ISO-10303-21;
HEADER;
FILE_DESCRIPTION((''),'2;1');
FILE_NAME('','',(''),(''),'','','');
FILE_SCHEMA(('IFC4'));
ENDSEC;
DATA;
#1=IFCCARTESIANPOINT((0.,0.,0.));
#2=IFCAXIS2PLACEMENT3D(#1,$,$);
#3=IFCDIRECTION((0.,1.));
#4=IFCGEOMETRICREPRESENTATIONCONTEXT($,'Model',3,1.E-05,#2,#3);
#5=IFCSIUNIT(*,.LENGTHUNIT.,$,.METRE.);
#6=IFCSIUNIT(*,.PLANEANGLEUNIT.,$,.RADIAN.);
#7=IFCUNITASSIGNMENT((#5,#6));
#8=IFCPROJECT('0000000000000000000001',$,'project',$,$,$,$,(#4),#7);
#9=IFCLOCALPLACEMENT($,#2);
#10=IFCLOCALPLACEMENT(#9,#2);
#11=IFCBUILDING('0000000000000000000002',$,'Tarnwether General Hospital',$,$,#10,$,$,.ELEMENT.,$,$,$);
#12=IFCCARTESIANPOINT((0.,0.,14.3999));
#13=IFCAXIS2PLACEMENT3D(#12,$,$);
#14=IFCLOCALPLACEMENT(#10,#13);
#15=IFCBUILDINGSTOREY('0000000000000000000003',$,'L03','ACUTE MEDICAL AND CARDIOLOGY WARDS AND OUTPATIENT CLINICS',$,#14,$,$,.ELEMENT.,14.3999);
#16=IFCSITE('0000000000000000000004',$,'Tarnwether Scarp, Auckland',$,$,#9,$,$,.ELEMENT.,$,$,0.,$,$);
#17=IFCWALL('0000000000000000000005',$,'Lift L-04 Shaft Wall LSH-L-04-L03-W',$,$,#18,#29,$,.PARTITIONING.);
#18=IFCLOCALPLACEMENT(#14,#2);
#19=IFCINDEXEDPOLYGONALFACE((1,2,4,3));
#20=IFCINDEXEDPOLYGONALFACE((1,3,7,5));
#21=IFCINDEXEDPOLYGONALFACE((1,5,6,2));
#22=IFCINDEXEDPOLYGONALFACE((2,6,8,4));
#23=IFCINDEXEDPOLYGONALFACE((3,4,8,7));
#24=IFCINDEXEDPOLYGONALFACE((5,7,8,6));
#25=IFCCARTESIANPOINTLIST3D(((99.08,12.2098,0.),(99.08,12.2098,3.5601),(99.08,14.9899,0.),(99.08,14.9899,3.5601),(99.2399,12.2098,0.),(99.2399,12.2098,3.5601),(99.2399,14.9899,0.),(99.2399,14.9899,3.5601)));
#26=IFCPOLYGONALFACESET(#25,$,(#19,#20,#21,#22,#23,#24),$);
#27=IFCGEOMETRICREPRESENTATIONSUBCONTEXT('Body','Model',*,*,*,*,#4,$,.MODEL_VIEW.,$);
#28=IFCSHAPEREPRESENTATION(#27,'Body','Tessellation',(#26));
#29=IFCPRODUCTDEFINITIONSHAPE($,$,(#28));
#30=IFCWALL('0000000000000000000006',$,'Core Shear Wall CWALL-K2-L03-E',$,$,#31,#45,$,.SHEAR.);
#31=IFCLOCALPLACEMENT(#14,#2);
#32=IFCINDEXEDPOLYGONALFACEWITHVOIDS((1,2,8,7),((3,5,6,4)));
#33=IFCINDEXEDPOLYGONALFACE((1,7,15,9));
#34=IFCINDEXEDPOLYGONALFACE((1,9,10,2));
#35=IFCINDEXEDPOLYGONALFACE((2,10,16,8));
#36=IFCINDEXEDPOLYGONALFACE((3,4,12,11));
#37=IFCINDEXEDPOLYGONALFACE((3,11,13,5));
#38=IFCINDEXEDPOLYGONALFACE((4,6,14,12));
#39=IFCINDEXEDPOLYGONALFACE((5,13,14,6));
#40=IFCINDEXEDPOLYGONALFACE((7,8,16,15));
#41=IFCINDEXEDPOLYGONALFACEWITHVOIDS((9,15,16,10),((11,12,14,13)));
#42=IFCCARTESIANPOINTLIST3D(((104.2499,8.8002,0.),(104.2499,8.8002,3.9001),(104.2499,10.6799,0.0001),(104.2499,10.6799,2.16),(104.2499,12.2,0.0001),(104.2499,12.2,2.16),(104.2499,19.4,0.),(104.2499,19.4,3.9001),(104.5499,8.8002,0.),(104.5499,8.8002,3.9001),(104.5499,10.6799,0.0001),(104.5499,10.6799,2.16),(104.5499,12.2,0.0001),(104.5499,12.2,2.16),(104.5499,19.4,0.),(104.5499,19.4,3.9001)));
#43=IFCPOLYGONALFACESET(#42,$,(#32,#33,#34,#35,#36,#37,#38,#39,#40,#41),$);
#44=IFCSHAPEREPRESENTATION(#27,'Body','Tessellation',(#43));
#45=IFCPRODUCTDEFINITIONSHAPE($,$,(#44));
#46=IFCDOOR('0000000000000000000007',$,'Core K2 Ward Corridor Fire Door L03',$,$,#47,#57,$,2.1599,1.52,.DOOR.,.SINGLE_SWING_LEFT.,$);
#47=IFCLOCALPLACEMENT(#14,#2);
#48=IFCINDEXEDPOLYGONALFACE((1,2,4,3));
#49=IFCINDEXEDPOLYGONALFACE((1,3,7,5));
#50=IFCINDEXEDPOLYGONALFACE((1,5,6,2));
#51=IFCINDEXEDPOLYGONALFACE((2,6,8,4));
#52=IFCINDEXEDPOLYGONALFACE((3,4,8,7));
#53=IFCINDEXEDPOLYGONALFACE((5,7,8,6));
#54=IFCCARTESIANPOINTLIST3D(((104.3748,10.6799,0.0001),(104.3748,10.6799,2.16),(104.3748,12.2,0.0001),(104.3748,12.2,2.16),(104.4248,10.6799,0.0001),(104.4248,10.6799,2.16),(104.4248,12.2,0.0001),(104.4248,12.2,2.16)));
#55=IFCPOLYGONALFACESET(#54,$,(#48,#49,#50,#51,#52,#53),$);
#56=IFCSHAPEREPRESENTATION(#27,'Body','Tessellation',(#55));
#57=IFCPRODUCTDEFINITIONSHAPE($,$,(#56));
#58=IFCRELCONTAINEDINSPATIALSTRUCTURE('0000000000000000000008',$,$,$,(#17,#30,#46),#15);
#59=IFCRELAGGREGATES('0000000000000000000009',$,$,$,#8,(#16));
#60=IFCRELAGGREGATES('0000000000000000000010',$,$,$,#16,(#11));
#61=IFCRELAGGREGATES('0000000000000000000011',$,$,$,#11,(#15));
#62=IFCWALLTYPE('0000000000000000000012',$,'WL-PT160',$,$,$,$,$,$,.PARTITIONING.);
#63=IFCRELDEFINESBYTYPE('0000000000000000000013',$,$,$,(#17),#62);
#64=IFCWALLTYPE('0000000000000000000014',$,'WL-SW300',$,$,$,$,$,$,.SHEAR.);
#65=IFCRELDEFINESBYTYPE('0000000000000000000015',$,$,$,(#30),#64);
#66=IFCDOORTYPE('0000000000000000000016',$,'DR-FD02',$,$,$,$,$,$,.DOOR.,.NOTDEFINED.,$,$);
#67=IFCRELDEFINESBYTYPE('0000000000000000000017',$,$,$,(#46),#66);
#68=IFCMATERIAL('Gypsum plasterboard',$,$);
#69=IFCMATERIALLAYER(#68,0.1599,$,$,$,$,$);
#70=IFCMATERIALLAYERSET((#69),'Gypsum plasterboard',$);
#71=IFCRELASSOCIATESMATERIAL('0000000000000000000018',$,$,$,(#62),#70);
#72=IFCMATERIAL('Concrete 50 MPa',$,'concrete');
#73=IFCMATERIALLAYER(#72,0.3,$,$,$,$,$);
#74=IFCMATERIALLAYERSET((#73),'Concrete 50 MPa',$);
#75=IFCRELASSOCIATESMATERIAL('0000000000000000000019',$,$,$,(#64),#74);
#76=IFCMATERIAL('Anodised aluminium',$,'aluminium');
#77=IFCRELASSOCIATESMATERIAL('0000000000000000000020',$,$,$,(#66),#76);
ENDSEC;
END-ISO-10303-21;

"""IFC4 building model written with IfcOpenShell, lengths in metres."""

from ifc_helpers import new_model, si_unit, direction, frame, frame_2d, origin, place, context, subcontext, project, spatial, rectangle, extrude, material, layer, layer_set, type_object, element, fill, save


model = new_model("IFC4")

# Units and contexts
model_context = context("Model", 3, precision=1e-05, world=origin(), true_north=direction((0.0, 1.0)))
body_context = subcontext(model_context, "Body", "Model", "MODEL_VIEW")
ifc_project = project(units=[si_unit("LENGTHUNIT", "METRE"), si_unit("PLANEANGLEUNIT", "RADIAN")], contexts=[model_context])

# Site, building, storey
site_placement = place(None, origin())
site = spatial("IfcSite", under=ifc_project, at=site_placement, Name="Tarnwether Scarp, Auckland", CompositionType="ELEMENT", RefElevation=0.0)
building_placement = place(site_placement, origin())
building = spatial("IfcBuilding", under=site, at=building_placement, Name="Tarnwether General Hospital", CompositionType="ELEMENT")
storey_placement = place(building_placement, frame((0.0, 0.0, 14.3999)))
storey = spatial("IfcBuildingStorey", under=building, at=storey_placement, Name="L03", Description="ACUTE MEDICAL AND CARDIOLOGY WARDS AND OUTPATIENT CLINICS", CompositionType="ELEMENT", Elevation=14.3999)

# Wall
ifc_material_1 = material(Name="Gypsum plasterboard")
ifc_layer_1 = layer(ifc_material_1, 0.1599)
ifc_layer_set_1 = layer_set([ifc_layer_1], Name="Gypsum plasterboard")
wall_type_1 = type_object("IfcWallType", Name="WL-PT160", PredefinedType="PARTITIONING", material=ifc_layer_set_1)
wall_1_placement = place(storey_placement, frame((99.1599, 14.99, 0.0), z_axis=(0.0, 0.0, 1.0), x_axis=(0.0, -1.0, 0.0)))
element("IfcWall", 1, at=wall_1_placement, inside=storey, type_object=wall_type_1, Name="Lift L-04 Shaft Wall LSH-L-04-L03-W", PredefinedType="PARTITIONING", context=body_context, shape_type="SweptSolid", body=[
    extrude(rectangle(XDim=2.78, YDim=0.1599, at=frame_2d((1.3901, 0.0))), origin(), (0.0, 0.0, 1.0), 3.5601),
])

# Wall, opening, door
ifc_material_2 = material(Name="Concrete 50 MPa", Category="concrete")
ifc_layer_2 = layer(ifc_material_2, 0.3)
ifc_layer_set_2 = layer_set([ifc_layer_2], Name="Concrete 50 MPa")
wall_type_2 = type_object("IfcWallType", Name="WL-SW300", PredefinedType="SHEAR", material=ifc_layer_set_2)
wall_2_placement = place(storey_placement, frame((104.3999, 19.3999, 0.0), z_axis=(0.0, 0.0, 1.0), x_axis=(0.0, -1.0, 0.0)))
wall_2 = element("IfcWall", 2, at=wall_2_placement, inside=storey, type_object=wall_type_2, Name="Core Shear Wall CWALL-K2-L03-E", PredefinedType="SHEAR", context=body_context, shape_type="SweptSolid", body=[
    extrude(rectangle(XDim=10.5999, YDim=0.3, at=frame_2d((5.2998, 0.0))), origin(), (0.0, 0.0, 1.0), 3.9001),
])
opening_placement = place(wall_2_placement, frame((7.2, 0.0, 0.0)))
opening = element("IfcOpeningElement", 3, at=opening_placement, cuts=wall_2, PredefinedType="OPENING", context=body_context, shape_type="SweptSolid", body=[
    extrude(rectangle(XDim=1.52, YDim=2.1599, at=frame_2d((0.76, 1.0801))), frame((0.0, 0.1602, 0.0), z_axis=(0.0, -1.0, 0.0), x_axis=(1.0, 0.0, 0.0)), (0.0, 0.0, 1.0), 0.3201),
])
ifc_material_3 = material(Name="Anodised aluminium", Category="aluminium")
door_type = type_object("IfcDoorType", Name="DR-FD02", OperationType="NOTDEFINED", PredefinedType="DOOR", material=ifc_material_3)
door_placement = place(opening_placement, origin())
door = element("IfcDoor", 4, at=door_placement, inside=storey, type_object=door_type, Name="Core K2 Ward Corridor Fire Door L03", OperationType="SINGLE_SWING_LEFT", OverallHeight=2.1599, OverallWidth=1.52, PredefinedType="DOOR", context=body_context, shape_type="SweptSolid", body=[
    extrude(rectangle(XDim=1.52, YDim=2.1599, at=frame_2d((0.76, 1.0801))), frame((0.0, 0.0249, 0.0), z_axis=(0.0, -1.0, 0.0), x_axis=(1.0, 0.0, 0.0)), (0.0, 0.0, 1.0), 0.05),
])
fill(opening, door)

save(model, "model.ifc")
